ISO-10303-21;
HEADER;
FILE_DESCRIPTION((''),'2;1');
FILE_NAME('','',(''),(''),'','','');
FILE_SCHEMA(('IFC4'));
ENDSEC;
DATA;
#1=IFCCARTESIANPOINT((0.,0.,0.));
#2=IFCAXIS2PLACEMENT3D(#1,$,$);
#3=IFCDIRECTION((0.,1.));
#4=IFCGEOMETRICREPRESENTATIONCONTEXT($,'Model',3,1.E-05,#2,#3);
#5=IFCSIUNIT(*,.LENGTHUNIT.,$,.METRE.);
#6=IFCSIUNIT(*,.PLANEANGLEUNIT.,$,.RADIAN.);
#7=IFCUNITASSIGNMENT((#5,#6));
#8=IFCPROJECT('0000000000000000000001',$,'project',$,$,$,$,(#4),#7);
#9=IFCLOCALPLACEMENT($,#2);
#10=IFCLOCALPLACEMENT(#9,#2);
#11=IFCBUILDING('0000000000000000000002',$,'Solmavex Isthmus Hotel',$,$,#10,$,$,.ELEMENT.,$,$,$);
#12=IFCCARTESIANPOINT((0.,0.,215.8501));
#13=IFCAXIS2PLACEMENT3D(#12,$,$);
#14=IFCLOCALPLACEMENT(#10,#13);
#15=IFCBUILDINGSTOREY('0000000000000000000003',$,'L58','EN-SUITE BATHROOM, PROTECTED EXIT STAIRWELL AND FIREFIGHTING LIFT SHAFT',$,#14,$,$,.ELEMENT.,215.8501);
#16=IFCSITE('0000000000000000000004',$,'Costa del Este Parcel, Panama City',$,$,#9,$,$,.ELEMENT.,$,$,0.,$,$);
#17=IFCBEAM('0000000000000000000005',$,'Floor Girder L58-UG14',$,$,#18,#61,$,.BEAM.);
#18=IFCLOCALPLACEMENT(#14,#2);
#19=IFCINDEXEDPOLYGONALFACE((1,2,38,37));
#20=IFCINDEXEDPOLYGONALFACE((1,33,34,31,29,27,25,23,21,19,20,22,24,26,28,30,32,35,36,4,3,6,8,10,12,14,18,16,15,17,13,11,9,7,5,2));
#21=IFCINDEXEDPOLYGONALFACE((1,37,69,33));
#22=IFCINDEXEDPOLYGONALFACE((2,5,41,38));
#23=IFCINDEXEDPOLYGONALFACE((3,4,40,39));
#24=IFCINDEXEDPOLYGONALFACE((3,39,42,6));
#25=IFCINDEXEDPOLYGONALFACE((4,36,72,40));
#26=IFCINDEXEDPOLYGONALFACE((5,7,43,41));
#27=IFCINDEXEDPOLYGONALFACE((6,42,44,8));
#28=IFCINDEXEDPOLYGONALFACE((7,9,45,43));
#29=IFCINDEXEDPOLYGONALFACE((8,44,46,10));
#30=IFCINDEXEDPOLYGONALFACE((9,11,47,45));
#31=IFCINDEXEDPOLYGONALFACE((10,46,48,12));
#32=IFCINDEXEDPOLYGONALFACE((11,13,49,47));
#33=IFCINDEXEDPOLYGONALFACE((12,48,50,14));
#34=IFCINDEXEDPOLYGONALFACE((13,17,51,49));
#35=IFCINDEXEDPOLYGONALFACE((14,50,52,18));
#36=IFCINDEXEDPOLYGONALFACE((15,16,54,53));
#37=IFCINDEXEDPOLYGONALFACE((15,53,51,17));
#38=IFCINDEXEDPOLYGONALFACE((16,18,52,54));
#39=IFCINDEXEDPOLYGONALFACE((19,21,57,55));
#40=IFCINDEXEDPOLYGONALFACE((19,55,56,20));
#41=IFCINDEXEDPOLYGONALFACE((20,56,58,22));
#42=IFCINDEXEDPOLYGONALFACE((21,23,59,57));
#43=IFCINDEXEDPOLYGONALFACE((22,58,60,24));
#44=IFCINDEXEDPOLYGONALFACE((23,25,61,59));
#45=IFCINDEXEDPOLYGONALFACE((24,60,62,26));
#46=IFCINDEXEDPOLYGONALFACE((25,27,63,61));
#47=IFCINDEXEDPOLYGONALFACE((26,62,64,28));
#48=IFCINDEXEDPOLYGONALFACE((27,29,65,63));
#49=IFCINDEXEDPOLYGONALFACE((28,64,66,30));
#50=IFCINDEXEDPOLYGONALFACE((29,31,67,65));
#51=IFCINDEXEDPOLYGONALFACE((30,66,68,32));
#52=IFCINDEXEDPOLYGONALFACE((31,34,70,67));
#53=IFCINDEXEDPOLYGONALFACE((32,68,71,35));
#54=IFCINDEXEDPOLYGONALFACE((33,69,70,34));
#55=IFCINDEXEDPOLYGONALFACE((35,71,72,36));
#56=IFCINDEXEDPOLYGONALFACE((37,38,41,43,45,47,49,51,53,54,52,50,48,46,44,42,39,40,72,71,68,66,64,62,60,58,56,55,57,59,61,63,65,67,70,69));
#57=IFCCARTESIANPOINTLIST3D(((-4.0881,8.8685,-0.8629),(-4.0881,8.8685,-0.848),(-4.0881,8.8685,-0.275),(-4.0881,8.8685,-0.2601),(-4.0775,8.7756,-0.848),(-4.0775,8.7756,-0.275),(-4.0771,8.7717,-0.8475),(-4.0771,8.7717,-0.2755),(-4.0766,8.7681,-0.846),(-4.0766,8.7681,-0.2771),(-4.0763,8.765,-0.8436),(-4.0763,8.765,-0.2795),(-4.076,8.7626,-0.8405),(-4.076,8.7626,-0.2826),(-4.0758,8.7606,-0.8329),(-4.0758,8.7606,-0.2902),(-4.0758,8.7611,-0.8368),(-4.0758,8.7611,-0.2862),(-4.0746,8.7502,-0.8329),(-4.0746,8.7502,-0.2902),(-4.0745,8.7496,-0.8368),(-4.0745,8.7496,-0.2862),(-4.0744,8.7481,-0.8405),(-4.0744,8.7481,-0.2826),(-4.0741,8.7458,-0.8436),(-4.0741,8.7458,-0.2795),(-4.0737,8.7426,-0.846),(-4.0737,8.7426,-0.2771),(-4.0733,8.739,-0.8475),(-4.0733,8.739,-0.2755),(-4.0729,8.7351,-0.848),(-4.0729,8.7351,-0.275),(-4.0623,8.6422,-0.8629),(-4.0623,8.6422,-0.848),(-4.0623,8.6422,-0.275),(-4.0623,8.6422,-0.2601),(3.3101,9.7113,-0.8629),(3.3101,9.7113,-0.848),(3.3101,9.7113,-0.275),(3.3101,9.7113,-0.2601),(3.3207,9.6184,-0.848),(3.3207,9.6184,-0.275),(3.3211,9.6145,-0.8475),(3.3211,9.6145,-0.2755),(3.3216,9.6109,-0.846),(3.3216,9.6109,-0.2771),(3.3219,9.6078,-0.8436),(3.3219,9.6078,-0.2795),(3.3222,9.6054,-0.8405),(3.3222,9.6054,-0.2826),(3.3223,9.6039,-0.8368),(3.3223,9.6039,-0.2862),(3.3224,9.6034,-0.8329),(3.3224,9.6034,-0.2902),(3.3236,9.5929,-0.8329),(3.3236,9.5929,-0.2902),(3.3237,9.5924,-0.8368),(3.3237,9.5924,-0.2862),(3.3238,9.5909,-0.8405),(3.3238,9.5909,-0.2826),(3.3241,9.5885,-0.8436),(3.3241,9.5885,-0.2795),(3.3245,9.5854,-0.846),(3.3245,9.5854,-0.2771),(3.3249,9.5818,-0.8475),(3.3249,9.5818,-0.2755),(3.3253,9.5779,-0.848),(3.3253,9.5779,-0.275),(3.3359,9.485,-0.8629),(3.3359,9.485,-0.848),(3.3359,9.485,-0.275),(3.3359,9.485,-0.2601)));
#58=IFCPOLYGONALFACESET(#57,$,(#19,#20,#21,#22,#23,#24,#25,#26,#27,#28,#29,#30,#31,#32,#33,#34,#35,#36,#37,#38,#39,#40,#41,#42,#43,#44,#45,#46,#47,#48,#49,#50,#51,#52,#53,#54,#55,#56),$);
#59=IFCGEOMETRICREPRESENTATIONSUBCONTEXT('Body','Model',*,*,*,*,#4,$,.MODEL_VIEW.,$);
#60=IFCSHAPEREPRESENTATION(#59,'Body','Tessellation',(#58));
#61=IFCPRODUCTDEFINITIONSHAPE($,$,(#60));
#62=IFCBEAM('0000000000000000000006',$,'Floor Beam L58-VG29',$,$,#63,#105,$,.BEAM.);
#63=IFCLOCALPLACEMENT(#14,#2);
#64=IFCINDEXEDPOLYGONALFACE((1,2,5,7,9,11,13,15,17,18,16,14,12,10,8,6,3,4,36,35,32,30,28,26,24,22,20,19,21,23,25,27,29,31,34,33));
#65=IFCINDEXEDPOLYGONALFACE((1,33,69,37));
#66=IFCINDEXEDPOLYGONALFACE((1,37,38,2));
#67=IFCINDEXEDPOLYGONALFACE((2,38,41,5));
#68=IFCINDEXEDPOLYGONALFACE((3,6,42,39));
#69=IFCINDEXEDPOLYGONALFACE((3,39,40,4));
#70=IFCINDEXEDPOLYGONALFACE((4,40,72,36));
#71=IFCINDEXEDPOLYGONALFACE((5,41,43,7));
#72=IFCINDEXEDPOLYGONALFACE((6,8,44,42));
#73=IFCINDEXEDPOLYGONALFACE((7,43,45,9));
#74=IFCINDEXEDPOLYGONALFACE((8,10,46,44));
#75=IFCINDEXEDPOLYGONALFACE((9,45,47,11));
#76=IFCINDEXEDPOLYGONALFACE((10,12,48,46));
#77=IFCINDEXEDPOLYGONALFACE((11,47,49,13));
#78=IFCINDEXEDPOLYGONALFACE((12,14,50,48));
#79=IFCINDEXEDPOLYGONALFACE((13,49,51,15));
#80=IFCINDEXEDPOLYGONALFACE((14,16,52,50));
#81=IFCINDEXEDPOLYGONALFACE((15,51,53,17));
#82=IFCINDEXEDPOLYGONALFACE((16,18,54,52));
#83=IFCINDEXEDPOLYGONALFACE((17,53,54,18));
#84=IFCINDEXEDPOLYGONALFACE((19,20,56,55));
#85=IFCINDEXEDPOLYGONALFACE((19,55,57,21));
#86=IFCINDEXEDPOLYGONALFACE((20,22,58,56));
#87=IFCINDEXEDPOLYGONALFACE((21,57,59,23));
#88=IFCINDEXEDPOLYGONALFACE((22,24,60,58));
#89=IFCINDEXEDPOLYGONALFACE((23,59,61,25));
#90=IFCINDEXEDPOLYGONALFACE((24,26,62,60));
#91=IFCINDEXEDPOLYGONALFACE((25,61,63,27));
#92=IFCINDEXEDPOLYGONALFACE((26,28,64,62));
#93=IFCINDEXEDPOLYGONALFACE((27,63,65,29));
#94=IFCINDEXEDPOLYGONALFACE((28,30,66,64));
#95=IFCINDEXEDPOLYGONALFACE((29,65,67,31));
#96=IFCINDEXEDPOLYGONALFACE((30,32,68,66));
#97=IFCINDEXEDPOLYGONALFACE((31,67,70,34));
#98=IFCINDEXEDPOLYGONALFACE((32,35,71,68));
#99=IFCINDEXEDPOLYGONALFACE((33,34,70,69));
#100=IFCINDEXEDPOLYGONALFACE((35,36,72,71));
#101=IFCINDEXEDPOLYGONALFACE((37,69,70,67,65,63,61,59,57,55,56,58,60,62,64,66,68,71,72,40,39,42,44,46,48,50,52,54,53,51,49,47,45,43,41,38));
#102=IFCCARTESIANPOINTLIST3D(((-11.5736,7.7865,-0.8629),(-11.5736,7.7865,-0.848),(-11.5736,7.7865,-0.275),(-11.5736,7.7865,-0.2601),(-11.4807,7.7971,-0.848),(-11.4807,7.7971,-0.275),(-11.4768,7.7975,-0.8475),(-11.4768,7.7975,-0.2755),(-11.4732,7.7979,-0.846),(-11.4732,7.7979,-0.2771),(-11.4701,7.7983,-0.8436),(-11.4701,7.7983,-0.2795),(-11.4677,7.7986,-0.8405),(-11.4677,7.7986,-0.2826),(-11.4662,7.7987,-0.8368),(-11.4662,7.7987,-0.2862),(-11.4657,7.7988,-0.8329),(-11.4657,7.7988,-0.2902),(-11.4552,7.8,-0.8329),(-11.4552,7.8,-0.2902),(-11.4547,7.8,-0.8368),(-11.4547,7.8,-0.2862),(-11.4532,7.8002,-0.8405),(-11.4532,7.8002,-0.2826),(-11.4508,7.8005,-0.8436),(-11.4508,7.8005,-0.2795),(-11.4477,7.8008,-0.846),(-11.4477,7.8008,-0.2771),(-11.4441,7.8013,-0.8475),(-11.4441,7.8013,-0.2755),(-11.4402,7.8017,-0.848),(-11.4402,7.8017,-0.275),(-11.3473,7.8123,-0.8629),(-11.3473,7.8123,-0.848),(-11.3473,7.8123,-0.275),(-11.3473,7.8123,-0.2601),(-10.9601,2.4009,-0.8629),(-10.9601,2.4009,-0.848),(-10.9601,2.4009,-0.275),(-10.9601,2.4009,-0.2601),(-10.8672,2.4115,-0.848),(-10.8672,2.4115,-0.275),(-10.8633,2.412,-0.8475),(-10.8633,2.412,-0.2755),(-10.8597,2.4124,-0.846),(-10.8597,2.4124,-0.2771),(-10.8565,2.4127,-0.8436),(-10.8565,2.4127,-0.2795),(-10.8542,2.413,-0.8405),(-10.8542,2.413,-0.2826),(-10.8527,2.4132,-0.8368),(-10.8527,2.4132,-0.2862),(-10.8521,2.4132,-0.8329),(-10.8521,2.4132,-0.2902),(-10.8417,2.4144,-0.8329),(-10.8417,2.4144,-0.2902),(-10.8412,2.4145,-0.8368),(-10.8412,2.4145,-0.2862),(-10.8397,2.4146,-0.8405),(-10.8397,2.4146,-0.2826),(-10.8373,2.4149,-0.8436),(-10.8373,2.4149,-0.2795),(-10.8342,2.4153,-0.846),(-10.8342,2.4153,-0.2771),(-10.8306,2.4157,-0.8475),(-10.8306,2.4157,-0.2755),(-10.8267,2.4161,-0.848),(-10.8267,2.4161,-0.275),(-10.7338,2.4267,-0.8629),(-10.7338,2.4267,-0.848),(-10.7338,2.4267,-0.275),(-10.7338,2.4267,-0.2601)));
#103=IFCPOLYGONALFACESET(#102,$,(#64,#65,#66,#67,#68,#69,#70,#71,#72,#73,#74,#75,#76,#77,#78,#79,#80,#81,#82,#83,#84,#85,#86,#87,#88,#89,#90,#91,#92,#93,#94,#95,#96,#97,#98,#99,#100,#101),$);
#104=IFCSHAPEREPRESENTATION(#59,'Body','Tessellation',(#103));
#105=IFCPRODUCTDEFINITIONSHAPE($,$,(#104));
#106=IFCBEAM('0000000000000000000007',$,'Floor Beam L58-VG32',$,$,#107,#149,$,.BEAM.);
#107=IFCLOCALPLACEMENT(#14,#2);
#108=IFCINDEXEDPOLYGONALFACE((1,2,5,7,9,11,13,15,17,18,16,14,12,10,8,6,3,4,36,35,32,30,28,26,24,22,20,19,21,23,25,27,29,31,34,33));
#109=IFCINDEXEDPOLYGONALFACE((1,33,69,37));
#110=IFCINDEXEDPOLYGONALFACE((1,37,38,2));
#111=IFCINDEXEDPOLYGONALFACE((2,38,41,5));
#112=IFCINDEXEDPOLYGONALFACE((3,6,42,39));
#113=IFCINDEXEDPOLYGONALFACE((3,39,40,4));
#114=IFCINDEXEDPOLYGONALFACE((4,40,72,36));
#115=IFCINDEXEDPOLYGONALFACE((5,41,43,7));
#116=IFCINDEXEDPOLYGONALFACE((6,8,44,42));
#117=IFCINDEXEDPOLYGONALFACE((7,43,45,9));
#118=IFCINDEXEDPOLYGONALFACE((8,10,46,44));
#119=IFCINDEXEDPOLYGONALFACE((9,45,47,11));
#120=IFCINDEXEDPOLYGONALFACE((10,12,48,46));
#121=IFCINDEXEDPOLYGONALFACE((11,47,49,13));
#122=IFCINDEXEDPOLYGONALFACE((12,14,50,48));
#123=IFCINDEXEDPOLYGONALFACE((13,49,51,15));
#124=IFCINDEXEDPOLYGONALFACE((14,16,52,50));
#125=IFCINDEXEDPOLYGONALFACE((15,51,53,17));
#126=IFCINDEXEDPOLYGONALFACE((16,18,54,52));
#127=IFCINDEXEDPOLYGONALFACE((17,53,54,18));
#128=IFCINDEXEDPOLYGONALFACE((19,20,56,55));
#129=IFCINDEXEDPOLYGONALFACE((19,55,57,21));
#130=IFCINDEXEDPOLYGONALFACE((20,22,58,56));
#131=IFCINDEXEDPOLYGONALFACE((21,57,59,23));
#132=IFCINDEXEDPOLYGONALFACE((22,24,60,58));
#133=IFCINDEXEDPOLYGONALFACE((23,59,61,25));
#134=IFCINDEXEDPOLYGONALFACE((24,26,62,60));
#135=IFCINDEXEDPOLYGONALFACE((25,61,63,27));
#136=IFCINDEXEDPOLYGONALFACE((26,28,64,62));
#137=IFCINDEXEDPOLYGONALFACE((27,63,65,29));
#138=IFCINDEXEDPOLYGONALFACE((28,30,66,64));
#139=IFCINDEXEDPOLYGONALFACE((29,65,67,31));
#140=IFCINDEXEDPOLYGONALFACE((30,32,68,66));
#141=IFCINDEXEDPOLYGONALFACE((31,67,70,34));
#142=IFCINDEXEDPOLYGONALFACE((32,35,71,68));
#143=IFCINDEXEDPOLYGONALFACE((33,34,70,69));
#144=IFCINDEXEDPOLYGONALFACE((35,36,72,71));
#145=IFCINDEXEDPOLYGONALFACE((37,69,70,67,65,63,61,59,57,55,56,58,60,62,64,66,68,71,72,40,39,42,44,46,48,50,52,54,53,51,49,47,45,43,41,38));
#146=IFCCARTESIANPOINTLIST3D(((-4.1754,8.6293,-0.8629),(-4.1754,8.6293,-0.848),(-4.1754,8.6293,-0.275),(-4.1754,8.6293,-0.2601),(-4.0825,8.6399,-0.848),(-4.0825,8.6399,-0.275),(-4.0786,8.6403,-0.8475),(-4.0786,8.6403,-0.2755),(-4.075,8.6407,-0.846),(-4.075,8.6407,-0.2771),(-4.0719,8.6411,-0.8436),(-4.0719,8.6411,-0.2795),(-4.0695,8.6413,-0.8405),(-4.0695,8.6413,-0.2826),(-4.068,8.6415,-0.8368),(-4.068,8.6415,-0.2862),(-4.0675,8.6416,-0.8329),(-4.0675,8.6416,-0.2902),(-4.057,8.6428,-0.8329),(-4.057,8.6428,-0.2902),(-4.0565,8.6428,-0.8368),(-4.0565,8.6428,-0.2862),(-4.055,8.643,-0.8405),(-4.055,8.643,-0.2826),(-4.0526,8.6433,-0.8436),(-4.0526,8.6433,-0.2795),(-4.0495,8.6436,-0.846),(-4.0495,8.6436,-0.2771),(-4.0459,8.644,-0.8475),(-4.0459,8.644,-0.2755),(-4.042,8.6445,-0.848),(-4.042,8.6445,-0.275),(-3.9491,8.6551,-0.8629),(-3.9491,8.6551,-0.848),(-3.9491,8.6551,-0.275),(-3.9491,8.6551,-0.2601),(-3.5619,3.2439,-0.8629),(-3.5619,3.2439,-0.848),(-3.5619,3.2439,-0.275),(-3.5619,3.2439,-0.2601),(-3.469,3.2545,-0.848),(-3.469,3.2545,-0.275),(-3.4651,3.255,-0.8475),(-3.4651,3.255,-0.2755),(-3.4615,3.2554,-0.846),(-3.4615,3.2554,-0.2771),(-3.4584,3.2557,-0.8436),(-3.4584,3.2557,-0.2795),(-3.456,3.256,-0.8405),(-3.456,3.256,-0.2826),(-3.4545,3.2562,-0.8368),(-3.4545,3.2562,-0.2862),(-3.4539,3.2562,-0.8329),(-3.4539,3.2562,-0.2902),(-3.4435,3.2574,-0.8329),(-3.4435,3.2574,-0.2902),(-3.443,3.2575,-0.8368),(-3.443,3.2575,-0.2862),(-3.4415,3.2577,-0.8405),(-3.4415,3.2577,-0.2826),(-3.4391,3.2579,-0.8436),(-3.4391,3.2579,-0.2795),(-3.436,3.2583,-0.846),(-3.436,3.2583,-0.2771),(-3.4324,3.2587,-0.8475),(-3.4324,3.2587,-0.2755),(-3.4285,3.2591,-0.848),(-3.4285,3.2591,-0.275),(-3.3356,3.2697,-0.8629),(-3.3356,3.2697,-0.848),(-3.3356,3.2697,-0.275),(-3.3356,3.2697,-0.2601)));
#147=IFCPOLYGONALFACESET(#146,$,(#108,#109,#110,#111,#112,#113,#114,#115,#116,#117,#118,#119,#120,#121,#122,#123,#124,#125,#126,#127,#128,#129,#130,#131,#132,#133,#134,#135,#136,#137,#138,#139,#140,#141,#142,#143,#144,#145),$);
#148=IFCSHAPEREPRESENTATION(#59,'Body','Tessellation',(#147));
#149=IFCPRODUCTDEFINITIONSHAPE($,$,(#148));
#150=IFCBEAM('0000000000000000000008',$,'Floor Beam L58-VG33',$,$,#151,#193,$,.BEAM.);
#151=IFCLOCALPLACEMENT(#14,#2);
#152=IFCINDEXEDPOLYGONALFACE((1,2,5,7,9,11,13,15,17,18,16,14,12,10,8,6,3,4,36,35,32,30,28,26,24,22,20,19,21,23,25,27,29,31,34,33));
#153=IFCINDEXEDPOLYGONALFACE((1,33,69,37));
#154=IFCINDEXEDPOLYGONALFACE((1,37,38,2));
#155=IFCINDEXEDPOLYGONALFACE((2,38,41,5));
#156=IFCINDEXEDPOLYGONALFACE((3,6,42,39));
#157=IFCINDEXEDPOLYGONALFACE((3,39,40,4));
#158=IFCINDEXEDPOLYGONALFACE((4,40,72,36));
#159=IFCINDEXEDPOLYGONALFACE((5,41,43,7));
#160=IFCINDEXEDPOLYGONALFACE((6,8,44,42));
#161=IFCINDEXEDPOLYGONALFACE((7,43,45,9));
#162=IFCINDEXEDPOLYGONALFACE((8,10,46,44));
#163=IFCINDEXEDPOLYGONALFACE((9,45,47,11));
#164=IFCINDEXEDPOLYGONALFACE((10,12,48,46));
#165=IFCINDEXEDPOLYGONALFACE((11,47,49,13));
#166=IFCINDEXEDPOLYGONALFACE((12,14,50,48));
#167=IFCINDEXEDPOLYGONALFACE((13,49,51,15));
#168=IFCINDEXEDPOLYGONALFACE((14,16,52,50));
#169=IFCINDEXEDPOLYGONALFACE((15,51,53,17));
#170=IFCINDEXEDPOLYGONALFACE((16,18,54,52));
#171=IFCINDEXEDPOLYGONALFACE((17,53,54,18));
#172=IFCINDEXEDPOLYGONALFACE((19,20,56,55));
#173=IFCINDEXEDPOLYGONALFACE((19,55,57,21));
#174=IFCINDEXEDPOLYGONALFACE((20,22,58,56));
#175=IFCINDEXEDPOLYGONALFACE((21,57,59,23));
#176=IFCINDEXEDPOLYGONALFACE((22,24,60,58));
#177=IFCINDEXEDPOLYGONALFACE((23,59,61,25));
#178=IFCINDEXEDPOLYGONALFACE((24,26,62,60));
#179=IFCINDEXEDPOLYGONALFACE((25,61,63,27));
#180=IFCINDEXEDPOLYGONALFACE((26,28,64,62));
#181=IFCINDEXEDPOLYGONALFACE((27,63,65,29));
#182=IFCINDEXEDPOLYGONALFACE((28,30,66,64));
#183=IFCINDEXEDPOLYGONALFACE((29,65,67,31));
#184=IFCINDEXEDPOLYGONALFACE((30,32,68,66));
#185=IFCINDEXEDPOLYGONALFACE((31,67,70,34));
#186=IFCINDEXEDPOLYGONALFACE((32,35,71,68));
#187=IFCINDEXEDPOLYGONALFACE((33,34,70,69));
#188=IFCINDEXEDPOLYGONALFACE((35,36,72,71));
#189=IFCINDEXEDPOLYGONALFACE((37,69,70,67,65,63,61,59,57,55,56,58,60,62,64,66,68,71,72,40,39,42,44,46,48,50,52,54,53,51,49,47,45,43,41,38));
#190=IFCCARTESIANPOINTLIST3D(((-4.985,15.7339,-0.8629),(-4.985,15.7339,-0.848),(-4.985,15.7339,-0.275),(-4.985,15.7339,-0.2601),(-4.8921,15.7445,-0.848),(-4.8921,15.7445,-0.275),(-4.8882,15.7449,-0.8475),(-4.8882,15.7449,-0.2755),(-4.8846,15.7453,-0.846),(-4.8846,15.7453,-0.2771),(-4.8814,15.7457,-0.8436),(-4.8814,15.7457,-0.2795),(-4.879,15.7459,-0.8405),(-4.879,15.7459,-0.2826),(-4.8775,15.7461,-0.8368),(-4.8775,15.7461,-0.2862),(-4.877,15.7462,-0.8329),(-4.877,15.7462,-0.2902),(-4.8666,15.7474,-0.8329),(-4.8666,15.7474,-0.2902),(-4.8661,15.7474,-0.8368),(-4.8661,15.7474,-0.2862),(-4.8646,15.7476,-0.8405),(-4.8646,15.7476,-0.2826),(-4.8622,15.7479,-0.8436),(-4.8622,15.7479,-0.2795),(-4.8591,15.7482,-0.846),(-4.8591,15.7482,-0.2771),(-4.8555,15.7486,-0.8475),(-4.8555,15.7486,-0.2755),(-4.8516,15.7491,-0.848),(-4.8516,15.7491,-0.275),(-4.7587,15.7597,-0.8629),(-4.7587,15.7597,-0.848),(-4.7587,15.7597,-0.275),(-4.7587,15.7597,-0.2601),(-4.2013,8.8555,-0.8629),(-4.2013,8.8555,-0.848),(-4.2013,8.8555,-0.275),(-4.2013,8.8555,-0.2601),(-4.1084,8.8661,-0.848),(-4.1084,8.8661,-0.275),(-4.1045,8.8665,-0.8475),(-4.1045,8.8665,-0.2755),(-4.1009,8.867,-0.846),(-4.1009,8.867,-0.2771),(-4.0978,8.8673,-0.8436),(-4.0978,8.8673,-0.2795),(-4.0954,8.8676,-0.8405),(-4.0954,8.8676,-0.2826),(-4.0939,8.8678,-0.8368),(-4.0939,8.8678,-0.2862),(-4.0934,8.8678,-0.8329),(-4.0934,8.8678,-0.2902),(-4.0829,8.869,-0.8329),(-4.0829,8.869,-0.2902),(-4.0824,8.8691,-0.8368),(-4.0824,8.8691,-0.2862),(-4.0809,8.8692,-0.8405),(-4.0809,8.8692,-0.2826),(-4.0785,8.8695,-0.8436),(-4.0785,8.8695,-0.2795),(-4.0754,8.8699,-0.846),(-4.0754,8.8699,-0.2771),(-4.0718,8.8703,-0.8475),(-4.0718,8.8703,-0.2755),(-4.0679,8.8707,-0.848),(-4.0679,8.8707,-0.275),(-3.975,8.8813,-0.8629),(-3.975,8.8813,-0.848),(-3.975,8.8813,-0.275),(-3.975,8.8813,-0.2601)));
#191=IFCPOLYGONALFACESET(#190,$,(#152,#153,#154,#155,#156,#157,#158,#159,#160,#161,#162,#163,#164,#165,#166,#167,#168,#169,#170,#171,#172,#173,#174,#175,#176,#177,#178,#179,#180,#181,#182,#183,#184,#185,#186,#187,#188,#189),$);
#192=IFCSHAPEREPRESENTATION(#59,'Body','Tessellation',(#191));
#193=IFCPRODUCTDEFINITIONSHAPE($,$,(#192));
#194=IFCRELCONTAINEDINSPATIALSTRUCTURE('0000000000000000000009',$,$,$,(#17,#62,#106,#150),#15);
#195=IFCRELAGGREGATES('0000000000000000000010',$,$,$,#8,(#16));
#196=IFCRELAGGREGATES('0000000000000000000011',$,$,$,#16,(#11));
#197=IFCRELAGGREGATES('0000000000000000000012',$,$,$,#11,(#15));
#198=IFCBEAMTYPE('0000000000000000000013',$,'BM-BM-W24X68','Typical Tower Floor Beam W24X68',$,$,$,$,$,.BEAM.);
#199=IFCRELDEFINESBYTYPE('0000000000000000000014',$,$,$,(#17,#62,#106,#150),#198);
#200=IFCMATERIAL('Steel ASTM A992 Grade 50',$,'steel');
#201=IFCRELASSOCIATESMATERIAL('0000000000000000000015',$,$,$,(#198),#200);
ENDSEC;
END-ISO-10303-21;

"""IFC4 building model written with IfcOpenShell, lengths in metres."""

from ifc_helpers import new_model, si_unit, direction, frame, origin, origin_2d, place, context, subcontext, project, spatial, i_section, extrude, material, material_profile, profile_set, type_object, element, save


model = new_model("IFC4")

# Units and contexts
model_context = context("Model", 3, precision=1e-05, world=origin(), true_north=direction((0.0, 1.0)))
body_context = subcontext(model_context, "Body", "Model", "MODEL_VIEW")
ifc_project = project(units=[si_unit("LENGTHUNIT", "METRE"), si_unit("PLANEANGLEUNIT", "RADIAN")], contexts=[model_context])

# Site, building, storey
site_placement = place(None, origin())
site = spatial("IfcSite", under=ifc_project, at=site_placement, Name="Costa del Este Parcel, Panama City", CompositionType="ELEMENT", RefElevation=0.0)
building_placement = place(site_placement, origin())
building = spatial("IfcBuilding", under=site, at=building_placement, Name="Solmavex Isthmus Hotel", CompositionType="ELEMENT")
storey_placement = place(building_placement, frame((0.0, 0.0, 215.8501)))
storey = spatial("IfcBuildingStorey", under=building, at=storey_placement, Name="L58", Description="EN-SUITE BATHROOM, PROTECTED EXIT STAIRWELL AND FIREFIGHTING LIFT SHAFT", CompositionType="ELEMENT", Elevation=215.8501)

# Beams
ifc_material_1 = material(Name="Steel ASTM A992 Grade 50", Category="steel")
ifc_material_profile_1 = material_profile(ifc_material_1, i_section(OverallWidth=0.2278, OverallDepth=0.6028, WebThickness=0.0105, FlangeThickness=0.0149, FilletRadius=0.0151, at=origin_2d()), Name="W24X68")
ifc_profile_set_1 = profile_set([ifc_material_profile_1], Name="Steel ASTM A992 Grade 50")
beam_type_1 = type_object("IfcBeamType", Name="BM-BM-W24X68", Description="Typical Tower Floor Beam W24X68", PredefinedType="BEAM", material=ifc_profile_set_1)
beam_1_placement = place(storey_placement, frame((-4.0752, 8.7554, -0.5615), z_axis=(0.993574, 0.113184, 0.0), x_axis=(-0.113184, 0.993574, 0.0)))
element("IfcBeam", 1, at=beam_1_placement, inside=storey, type_object=beam_type_1, Name="Floor Girder L58-UG14", PredefinedType="BEAM", context=body_context, shape_type="SweptSolid", body=[
    extrude(i_section(OverallWidth=0.2278, OverallDepth=0.6028, WebThickness=0.0105, FlangeThickness=0.0149, FilletRadius=0.0151, at=origin_2d()), origin(), (0.0, 0.0, 1.0), 7.446),
])
beam_2_placement = place(storey_placement, frame((-10.8469, 2.4138, -0.5615), z_axis=(-0.11319, 0.993573, 0.0), x_axis=(-0.993573, -0.11319, 0.0)))
element("IfcBeam", 2, at=beam_2_placement, inside=storey, type_object=beam_type_1, Name="Floor Beam L58-VG29", PredefinedType="BEAM", context=body_context, shape_type="SweptSolid", body=[
    extrude(i_section(OverallWidth=0.2278, OverallDepth=0.6028, WebThickness=0.0105, FlangeThickness=0.0149, FilletRadius=0.0151, at=origin_2d()), origin(), (0.0, 0.0, 1.0), 5.4204),
])
beam_3_placement = place(storey_placement, frame((-3.4487, 3.2568, -0.5615), z_axis=(-0.113195, 0.993573, 0.0), x_axis=(-0.993573, -0.113195, 0.0)))
element("IfcBeam", 3, at=beam_3_placement, inside=storey, type_object=beam_type_1, Name="Floor Beam L58-VG32", PredefinedType="BEAM", context=body_context, shape_type="SweptSolid", body=[
    extrude(i_section(OverallWidth=0.2278, OverallDepth=0.6028, WebThickness=0.0105, FlangeThickness=0.0149, FilletRadius=0.0151, at=origin_2d()), origin(), (0.0, 0.0, 1.0), 5.4202),
])
beam_4_placement = place(storey_placement, frame((-4.0881, 8.8684, -0.5615), z_axis=(-0.113202, 0.993572, 0.0), x_axis=(-0.993572, -0.113202, 0.0)))
element("IfcBeam", 4, at=beam_4_placement, inside=storey, type_object=beam_type_1, Name="Floor Beam L58-VG33", PredefinedType="BEAM", context=body_context, shape_type="SweptSolid", body=[
    extrude(i_section(OverallWidth=0.2278, OverallDepth=0.6028, WebThickness=0.0105, FlangeThickness=0.0149, FilletRadius=0.0151, at=origin_2d()), origin(), (0.0, 0.0, 1.0), 6.9229),
])

save(model, "model.ifc")
